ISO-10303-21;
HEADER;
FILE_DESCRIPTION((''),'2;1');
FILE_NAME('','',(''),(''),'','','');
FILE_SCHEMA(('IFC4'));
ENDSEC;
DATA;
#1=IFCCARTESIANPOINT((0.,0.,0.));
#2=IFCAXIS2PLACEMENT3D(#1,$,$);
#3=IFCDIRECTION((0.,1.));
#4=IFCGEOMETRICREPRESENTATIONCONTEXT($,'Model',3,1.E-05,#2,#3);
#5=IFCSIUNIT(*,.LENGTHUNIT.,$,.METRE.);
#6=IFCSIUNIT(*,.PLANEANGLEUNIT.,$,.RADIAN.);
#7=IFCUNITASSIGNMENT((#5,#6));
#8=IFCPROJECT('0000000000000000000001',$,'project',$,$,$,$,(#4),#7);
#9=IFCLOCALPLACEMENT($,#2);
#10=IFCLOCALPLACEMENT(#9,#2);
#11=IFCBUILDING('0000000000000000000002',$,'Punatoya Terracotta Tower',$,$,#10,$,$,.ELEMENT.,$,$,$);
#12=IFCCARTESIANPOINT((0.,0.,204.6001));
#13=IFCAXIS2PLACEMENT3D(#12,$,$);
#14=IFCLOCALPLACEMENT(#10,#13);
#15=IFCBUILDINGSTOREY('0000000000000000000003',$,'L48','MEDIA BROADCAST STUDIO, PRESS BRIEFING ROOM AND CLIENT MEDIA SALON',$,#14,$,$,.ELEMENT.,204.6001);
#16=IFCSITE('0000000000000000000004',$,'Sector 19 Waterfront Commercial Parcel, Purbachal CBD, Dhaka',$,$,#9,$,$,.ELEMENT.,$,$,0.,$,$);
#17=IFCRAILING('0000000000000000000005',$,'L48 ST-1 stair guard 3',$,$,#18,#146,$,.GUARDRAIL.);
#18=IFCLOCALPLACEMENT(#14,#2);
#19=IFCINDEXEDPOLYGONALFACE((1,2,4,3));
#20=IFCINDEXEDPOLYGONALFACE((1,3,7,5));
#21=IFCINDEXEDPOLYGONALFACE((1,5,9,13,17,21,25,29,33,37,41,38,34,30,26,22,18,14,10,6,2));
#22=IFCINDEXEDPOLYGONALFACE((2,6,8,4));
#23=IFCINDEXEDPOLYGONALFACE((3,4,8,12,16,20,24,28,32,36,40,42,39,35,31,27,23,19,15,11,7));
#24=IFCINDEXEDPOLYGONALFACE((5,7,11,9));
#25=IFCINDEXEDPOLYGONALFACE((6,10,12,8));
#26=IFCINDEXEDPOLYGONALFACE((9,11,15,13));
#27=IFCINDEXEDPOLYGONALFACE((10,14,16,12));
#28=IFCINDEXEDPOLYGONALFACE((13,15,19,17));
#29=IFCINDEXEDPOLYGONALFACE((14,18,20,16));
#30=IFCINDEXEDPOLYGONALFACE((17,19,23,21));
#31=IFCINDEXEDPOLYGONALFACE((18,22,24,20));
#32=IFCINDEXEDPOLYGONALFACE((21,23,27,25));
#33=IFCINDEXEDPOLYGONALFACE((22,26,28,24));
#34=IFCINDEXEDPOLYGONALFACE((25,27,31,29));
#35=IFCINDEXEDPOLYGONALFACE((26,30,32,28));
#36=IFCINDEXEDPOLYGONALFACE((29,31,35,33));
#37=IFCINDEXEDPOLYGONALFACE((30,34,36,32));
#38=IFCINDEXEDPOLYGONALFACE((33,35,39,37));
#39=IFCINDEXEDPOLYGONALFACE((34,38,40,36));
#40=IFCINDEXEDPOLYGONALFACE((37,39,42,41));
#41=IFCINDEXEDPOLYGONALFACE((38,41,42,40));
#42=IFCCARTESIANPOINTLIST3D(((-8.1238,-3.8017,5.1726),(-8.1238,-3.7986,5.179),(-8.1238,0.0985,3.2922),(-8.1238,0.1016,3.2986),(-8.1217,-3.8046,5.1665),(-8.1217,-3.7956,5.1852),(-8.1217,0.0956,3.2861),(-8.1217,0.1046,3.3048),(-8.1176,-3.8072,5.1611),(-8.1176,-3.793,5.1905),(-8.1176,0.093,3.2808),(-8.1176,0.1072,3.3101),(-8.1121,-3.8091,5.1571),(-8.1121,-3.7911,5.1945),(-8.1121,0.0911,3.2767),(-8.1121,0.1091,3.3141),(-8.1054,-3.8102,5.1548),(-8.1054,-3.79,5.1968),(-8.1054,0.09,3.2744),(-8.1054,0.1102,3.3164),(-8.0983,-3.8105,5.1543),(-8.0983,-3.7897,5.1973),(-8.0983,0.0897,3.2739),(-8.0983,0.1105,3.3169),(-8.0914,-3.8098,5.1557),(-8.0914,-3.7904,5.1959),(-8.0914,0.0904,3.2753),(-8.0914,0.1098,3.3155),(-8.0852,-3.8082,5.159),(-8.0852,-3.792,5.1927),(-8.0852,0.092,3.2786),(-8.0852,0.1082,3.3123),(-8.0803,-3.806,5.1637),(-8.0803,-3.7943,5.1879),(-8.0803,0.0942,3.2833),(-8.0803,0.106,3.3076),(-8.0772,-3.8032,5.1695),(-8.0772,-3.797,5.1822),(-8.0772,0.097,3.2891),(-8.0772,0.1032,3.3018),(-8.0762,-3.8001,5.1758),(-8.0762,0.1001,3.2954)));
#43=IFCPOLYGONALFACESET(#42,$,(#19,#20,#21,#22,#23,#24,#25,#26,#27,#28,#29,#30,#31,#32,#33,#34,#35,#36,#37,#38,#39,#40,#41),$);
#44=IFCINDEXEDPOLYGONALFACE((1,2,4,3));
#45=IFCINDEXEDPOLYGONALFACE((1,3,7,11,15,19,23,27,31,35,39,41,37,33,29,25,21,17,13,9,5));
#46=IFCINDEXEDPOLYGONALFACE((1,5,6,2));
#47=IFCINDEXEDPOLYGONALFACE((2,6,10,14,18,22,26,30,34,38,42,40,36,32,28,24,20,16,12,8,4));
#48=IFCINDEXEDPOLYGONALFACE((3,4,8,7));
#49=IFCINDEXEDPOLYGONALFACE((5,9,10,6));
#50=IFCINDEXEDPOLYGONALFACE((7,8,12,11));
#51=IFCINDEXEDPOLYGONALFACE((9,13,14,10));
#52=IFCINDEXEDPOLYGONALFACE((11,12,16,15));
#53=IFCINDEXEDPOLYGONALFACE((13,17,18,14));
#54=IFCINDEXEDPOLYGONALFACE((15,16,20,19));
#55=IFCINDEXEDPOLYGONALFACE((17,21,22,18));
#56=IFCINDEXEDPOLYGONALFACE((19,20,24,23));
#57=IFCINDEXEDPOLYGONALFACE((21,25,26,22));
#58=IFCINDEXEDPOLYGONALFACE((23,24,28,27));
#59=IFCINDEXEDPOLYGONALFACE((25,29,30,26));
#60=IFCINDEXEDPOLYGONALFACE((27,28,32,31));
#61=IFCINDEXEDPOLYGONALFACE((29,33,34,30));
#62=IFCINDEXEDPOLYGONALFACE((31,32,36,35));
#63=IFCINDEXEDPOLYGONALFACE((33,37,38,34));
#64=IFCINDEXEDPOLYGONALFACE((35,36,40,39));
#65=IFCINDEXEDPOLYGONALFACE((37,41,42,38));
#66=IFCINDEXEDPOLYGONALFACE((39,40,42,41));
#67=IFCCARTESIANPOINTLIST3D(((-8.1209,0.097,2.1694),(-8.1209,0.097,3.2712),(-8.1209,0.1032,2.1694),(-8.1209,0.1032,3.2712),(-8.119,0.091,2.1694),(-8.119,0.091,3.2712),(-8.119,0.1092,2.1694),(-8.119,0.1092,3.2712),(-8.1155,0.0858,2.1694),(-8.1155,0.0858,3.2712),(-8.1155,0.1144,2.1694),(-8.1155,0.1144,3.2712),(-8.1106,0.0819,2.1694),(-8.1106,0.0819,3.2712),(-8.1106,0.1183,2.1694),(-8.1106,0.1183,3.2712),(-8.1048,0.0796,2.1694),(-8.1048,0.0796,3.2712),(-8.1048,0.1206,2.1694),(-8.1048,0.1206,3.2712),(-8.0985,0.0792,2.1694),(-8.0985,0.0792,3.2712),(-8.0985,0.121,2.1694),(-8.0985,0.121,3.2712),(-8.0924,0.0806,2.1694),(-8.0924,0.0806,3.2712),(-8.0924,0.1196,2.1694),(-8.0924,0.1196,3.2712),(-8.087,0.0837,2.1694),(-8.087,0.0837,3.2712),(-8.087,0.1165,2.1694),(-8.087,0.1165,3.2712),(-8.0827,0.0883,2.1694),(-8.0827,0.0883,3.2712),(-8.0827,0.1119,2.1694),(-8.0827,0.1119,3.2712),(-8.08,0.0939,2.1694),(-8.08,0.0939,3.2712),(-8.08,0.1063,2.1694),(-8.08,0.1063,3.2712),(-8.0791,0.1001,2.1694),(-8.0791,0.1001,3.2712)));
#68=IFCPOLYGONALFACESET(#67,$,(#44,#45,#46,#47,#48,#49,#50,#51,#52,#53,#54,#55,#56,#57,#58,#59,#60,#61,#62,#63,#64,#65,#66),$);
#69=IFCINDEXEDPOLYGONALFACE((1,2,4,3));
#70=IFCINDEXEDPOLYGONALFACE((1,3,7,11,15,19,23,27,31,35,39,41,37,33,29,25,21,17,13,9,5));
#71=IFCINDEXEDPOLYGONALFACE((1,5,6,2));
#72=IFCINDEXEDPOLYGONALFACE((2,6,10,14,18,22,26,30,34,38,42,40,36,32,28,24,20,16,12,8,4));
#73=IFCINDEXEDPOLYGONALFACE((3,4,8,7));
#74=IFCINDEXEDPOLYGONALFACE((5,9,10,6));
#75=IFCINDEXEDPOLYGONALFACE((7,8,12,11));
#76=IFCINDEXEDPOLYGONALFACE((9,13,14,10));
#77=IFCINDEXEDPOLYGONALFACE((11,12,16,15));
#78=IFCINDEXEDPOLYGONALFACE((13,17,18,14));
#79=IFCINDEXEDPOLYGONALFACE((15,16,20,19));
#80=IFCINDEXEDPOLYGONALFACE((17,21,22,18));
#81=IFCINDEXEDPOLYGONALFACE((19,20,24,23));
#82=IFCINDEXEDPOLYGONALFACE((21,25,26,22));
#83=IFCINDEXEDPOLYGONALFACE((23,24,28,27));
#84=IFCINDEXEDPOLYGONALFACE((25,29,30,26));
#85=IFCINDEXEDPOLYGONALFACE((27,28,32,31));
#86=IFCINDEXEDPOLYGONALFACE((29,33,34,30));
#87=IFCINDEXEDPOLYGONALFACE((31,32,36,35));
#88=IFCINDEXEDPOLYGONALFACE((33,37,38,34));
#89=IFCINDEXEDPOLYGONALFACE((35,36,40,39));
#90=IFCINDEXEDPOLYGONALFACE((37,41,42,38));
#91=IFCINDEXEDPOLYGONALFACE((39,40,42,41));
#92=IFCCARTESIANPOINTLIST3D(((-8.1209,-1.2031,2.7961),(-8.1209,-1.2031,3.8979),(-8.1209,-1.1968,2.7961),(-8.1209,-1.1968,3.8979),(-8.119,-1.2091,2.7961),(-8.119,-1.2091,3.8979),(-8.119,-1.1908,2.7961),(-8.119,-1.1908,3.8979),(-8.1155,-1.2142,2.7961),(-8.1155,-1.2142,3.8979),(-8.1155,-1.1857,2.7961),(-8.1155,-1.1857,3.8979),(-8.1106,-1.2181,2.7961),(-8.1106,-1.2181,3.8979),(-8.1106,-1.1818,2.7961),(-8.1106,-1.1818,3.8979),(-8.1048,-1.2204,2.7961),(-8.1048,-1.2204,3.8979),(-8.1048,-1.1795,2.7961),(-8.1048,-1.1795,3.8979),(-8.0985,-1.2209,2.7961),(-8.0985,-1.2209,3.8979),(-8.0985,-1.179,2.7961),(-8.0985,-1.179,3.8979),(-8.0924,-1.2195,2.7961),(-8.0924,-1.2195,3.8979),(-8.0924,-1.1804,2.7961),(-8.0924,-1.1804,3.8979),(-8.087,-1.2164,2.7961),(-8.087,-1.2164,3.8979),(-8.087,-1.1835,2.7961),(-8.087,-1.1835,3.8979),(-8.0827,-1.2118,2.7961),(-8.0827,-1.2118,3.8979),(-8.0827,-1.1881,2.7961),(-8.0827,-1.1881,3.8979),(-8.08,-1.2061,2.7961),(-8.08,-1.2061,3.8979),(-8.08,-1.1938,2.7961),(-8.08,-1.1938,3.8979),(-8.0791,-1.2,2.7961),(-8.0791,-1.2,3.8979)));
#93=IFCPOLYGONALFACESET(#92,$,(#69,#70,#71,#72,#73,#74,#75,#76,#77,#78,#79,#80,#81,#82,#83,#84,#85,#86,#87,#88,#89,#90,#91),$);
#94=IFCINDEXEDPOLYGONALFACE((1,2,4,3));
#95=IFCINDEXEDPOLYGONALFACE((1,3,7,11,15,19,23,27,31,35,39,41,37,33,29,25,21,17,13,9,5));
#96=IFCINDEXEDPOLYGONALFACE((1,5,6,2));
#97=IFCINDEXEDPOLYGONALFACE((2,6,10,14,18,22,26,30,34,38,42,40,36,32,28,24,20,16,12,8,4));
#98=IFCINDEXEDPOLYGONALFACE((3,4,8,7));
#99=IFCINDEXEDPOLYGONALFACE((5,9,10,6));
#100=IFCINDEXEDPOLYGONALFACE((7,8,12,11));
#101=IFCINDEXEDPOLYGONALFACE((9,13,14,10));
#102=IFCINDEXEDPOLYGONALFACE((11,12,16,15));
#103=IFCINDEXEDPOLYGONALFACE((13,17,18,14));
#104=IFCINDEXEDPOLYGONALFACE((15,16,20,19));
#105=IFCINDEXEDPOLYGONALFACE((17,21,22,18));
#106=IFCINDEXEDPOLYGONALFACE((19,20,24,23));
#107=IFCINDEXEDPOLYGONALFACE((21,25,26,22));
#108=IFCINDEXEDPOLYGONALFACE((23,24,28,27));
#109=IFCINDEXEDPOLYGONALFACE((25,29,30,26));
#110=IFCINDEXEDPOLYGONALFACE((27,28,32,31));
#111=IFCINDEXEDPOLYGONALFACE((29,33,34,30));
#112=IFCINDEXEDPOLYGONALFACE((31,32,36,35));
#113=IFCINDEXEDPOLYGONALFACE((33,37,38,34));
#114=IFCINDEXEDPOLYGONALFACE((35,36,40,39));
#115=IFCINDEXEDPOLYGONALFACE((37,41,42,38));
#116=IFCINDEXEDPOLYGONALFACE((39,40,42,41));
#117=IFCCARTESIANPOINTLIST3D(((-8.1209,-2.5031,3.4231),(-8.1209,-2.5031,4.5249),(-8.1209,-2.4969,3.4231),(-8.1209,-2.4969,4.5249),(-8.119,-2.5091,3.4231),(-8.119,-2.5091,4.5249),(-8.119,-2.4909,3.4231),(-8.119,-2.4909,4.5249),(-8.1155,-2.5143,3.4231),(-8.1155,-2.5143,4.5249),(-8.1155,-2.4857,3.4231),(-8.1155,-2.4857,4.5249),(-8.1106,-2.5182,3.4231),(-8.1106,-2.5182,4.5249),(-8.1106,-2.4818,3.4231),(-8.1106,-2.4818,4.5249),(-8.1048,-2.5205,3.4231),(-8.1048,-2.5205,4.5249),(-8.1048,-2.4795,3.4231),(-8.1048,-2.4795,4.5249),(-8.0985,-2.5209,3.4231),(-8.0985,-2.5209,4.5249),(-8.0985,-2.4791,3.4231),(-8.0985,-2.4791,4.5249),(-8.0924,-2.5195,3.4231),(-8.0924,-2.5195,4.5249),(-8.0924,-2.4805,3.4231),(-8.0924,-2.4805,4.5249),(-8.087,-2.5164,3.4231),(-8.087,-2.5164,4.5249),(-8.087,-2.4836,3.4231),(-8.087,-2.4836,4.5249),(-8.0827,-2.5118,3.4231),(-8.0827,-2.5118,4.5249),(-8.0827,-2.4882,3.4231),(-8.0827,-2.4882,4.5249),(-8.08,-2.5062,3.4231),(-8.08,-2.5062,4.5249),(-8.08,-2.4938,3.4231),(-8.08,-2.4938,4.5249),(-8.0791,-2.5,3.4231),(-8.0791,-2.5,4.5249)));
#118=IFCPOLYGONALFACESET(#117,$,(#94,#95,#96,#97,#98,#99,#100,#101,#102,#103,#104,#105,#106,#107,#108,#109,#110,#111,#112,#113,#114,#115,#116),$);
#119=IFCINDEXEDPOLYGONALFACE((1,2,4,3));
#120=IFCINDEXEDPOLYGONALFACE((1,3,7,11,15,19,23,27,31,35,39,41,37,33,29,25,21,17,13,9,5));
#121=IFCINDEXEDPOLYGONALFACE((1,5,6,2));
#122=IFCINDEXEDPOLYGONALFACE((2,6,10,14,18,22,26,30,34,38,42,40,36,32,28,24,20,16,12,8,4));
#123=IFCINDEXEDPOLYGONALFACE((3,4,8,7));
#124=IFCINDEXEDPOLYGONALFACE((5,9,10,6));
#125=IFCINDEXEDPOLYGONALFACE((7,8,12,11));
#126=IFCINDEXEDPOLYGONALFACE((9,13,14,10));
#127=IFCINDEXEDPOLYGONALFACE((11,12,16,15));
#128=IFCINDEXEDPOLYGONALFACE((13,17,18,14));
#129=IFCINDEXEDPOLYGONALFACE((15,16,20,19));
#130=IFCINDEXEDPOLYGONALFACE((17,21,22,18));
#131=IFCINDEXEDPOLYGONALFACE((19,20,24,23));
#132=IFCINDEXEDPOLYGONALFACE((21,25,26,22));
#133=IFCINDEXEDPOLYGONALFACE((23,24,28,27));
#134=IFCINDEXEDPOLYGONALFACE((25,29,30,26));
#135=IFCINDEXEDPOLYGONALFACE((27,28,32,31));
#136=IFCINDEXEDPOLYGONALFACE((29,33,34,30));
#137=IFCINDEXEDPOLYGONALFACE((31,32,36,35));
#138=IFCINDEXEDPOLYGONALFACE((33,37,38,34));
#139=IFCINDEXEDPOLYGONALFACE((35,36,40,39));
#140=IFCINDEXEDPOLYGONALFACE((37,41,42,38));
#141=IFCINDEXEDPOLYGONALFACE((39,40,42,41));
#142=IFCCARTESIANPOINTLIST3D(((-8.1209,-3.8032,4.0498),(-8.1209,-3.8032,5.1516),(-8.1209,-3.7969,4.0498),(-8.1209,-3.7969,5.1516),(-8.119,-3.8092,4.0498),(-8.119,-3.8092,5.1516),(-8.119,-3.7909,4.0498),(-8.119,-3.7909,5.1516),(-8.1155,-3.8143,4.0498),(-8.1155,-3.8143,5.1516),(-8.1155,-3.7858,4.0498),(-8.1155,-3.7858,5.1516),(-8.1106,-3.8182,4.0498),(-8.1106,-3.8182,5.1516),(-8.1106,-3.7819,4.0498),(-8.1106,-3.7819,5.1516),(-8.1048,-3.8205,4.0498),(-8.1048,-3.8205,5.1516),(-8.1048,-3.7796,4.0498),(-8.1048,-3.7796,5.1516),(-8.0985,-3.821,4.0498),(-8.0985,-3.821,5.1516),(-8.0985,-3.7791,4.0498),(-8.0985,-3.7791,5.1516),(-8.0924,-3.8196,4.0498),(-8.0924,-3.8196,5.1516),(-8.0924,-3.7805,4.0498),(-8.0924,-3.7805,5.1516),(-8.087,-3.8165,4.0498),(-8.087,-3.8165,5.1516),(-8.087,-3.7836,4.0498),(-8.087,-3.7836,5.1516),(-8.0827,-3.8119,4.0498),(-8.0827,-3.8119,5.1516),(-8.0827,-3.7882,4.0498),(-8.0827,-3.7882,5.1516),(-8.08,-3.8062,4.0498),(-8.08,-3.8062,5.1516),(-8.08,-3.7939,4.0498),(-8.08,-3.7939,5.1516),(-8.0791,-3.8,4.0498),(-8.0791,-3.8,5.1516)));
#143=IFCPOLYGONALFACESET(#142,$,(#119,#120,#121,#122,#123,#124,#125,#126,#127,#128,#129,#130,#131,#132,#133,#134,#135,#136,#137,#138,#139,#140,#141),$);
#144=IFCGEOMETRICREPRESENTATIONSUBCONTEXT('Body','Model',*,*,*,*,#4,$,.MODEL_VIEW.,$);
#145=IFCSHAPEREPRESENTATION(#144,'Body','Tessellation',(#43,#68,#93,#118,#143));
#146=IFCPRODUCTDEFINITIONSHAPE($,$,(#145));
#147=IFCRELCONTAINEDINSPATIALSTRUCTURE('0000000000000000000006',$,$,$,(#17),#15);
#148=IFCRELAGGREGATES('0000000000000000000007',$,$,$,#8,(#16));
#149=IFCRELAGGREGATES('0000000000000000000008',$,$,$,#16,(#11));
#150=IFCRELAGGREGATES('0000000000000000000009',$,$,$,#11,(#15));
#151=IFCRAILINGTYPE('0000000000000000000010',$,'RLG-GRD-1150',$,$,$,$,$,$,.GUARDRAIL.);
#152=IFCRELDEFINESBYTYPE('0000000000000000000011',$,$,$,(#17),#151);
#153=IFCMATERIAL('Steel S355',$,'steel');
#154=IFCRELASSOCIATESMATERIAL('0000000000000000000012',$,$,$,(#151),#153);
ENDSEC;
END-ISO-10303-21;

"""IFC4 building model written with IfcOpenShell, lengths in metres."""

from ifc_helpers import new_model, si_unit, direction, frame, origin, origin_2d, place, context, subcontext, project, spatial, circle, extrude, material, type_object, element, save


model = new_model("IFC4")

# Units and contexts
model_context = context("Model", 3, precision=1e-05, world=origin(), true_north=direction((0.0, 1.0)))
body_context = subcontext(model_context, "Body", "Model", "MODEL_VIEW")
ifc_project = project(units=[si_unit("LENGTHUNIT", "METRE"), si_unit("PLANEANGLEUNIT", "RADIAN")], contexts=[model_context])

# Site, building, storey
site_placement = place(None, origin())
site = spatial("IfcSite", under=ifc_project, at=site_placement, Name="Sector 19 Waterfront Commercial Parcel, Purbachal CBD, Dhaka", CompositionType="ELEMENT", RefElevation=0.0)
building_placement = place(site_placement, origin())
building = spatial("IfcBuilding", under=site, at=building_placement, Name="Punatoya Terracotta Tower", CompositionType="ELEMENT")
storey_placement = place(building_placement, frame((0.0, 0.0, 204.6001)))
storey = spatial("IfcBuildingStorey", under=building, at=storey_placement, Name="L48", Description="MEDIA BROADCAST STUDIO, PRESS BRIEFING ROOM AND CLIENT MEDIA SALON", CompositionType="ELEMENT", Elevation=204.6001)

# Shared definitions
ifc_material_1 = material(Name="Steel S355", Category="steel")

# Railing
railing_type_1 = type_object("IfcRailingType", Name="RLG-GRD-1150", PredefinedType="GUARDRAIL", material=ifc_material_1)
railing_1_placement = place(storey_placement, frame((-8.1001, 0.1001, 2.1694)))
element("IfcRailing", 1, at=railing_1_placement, inside=storey, type_object=railing_type_1, Name="L48 ST-1 stair guard 3", PredefinedType="GUARDRAIL", context=body_context, shape_type="SweptSolid", body=[
    extrude(circle(Radius=0.0239, at=origin_2d()), frame((0.0, 0.0, 1.126), z_axis=(0.0, -0.900774, 0.434289), x_axis=(1.0, 0.0, 0.0)), (0.0, 0.0, 1.0), 4.3298),
    extrude(circle(Radius=0.021, at=origin_2d()), origin(), (0.0, 0.0, 1.0), 1.1018),
    extrude(circle(Radius=0.021, at=origin_2d()), frame((0.0, -1.3, 0.6267)), (0.0, 0.0, 1.0), 1.1018),
    extrude(circle(Radius=0.021, at=origin_2d()), frame((0.0, -2.6001, 1.2537)), (0.0, 0.0, 1.0), 1.1018),
    extrude(circle(Radius=0.021, at=origin_2d()), frame((0.0, -3.9001, 1.8804)), (0.0, 0.0, 1.0), 1.1018),
])

save(model, "model.ifc")
